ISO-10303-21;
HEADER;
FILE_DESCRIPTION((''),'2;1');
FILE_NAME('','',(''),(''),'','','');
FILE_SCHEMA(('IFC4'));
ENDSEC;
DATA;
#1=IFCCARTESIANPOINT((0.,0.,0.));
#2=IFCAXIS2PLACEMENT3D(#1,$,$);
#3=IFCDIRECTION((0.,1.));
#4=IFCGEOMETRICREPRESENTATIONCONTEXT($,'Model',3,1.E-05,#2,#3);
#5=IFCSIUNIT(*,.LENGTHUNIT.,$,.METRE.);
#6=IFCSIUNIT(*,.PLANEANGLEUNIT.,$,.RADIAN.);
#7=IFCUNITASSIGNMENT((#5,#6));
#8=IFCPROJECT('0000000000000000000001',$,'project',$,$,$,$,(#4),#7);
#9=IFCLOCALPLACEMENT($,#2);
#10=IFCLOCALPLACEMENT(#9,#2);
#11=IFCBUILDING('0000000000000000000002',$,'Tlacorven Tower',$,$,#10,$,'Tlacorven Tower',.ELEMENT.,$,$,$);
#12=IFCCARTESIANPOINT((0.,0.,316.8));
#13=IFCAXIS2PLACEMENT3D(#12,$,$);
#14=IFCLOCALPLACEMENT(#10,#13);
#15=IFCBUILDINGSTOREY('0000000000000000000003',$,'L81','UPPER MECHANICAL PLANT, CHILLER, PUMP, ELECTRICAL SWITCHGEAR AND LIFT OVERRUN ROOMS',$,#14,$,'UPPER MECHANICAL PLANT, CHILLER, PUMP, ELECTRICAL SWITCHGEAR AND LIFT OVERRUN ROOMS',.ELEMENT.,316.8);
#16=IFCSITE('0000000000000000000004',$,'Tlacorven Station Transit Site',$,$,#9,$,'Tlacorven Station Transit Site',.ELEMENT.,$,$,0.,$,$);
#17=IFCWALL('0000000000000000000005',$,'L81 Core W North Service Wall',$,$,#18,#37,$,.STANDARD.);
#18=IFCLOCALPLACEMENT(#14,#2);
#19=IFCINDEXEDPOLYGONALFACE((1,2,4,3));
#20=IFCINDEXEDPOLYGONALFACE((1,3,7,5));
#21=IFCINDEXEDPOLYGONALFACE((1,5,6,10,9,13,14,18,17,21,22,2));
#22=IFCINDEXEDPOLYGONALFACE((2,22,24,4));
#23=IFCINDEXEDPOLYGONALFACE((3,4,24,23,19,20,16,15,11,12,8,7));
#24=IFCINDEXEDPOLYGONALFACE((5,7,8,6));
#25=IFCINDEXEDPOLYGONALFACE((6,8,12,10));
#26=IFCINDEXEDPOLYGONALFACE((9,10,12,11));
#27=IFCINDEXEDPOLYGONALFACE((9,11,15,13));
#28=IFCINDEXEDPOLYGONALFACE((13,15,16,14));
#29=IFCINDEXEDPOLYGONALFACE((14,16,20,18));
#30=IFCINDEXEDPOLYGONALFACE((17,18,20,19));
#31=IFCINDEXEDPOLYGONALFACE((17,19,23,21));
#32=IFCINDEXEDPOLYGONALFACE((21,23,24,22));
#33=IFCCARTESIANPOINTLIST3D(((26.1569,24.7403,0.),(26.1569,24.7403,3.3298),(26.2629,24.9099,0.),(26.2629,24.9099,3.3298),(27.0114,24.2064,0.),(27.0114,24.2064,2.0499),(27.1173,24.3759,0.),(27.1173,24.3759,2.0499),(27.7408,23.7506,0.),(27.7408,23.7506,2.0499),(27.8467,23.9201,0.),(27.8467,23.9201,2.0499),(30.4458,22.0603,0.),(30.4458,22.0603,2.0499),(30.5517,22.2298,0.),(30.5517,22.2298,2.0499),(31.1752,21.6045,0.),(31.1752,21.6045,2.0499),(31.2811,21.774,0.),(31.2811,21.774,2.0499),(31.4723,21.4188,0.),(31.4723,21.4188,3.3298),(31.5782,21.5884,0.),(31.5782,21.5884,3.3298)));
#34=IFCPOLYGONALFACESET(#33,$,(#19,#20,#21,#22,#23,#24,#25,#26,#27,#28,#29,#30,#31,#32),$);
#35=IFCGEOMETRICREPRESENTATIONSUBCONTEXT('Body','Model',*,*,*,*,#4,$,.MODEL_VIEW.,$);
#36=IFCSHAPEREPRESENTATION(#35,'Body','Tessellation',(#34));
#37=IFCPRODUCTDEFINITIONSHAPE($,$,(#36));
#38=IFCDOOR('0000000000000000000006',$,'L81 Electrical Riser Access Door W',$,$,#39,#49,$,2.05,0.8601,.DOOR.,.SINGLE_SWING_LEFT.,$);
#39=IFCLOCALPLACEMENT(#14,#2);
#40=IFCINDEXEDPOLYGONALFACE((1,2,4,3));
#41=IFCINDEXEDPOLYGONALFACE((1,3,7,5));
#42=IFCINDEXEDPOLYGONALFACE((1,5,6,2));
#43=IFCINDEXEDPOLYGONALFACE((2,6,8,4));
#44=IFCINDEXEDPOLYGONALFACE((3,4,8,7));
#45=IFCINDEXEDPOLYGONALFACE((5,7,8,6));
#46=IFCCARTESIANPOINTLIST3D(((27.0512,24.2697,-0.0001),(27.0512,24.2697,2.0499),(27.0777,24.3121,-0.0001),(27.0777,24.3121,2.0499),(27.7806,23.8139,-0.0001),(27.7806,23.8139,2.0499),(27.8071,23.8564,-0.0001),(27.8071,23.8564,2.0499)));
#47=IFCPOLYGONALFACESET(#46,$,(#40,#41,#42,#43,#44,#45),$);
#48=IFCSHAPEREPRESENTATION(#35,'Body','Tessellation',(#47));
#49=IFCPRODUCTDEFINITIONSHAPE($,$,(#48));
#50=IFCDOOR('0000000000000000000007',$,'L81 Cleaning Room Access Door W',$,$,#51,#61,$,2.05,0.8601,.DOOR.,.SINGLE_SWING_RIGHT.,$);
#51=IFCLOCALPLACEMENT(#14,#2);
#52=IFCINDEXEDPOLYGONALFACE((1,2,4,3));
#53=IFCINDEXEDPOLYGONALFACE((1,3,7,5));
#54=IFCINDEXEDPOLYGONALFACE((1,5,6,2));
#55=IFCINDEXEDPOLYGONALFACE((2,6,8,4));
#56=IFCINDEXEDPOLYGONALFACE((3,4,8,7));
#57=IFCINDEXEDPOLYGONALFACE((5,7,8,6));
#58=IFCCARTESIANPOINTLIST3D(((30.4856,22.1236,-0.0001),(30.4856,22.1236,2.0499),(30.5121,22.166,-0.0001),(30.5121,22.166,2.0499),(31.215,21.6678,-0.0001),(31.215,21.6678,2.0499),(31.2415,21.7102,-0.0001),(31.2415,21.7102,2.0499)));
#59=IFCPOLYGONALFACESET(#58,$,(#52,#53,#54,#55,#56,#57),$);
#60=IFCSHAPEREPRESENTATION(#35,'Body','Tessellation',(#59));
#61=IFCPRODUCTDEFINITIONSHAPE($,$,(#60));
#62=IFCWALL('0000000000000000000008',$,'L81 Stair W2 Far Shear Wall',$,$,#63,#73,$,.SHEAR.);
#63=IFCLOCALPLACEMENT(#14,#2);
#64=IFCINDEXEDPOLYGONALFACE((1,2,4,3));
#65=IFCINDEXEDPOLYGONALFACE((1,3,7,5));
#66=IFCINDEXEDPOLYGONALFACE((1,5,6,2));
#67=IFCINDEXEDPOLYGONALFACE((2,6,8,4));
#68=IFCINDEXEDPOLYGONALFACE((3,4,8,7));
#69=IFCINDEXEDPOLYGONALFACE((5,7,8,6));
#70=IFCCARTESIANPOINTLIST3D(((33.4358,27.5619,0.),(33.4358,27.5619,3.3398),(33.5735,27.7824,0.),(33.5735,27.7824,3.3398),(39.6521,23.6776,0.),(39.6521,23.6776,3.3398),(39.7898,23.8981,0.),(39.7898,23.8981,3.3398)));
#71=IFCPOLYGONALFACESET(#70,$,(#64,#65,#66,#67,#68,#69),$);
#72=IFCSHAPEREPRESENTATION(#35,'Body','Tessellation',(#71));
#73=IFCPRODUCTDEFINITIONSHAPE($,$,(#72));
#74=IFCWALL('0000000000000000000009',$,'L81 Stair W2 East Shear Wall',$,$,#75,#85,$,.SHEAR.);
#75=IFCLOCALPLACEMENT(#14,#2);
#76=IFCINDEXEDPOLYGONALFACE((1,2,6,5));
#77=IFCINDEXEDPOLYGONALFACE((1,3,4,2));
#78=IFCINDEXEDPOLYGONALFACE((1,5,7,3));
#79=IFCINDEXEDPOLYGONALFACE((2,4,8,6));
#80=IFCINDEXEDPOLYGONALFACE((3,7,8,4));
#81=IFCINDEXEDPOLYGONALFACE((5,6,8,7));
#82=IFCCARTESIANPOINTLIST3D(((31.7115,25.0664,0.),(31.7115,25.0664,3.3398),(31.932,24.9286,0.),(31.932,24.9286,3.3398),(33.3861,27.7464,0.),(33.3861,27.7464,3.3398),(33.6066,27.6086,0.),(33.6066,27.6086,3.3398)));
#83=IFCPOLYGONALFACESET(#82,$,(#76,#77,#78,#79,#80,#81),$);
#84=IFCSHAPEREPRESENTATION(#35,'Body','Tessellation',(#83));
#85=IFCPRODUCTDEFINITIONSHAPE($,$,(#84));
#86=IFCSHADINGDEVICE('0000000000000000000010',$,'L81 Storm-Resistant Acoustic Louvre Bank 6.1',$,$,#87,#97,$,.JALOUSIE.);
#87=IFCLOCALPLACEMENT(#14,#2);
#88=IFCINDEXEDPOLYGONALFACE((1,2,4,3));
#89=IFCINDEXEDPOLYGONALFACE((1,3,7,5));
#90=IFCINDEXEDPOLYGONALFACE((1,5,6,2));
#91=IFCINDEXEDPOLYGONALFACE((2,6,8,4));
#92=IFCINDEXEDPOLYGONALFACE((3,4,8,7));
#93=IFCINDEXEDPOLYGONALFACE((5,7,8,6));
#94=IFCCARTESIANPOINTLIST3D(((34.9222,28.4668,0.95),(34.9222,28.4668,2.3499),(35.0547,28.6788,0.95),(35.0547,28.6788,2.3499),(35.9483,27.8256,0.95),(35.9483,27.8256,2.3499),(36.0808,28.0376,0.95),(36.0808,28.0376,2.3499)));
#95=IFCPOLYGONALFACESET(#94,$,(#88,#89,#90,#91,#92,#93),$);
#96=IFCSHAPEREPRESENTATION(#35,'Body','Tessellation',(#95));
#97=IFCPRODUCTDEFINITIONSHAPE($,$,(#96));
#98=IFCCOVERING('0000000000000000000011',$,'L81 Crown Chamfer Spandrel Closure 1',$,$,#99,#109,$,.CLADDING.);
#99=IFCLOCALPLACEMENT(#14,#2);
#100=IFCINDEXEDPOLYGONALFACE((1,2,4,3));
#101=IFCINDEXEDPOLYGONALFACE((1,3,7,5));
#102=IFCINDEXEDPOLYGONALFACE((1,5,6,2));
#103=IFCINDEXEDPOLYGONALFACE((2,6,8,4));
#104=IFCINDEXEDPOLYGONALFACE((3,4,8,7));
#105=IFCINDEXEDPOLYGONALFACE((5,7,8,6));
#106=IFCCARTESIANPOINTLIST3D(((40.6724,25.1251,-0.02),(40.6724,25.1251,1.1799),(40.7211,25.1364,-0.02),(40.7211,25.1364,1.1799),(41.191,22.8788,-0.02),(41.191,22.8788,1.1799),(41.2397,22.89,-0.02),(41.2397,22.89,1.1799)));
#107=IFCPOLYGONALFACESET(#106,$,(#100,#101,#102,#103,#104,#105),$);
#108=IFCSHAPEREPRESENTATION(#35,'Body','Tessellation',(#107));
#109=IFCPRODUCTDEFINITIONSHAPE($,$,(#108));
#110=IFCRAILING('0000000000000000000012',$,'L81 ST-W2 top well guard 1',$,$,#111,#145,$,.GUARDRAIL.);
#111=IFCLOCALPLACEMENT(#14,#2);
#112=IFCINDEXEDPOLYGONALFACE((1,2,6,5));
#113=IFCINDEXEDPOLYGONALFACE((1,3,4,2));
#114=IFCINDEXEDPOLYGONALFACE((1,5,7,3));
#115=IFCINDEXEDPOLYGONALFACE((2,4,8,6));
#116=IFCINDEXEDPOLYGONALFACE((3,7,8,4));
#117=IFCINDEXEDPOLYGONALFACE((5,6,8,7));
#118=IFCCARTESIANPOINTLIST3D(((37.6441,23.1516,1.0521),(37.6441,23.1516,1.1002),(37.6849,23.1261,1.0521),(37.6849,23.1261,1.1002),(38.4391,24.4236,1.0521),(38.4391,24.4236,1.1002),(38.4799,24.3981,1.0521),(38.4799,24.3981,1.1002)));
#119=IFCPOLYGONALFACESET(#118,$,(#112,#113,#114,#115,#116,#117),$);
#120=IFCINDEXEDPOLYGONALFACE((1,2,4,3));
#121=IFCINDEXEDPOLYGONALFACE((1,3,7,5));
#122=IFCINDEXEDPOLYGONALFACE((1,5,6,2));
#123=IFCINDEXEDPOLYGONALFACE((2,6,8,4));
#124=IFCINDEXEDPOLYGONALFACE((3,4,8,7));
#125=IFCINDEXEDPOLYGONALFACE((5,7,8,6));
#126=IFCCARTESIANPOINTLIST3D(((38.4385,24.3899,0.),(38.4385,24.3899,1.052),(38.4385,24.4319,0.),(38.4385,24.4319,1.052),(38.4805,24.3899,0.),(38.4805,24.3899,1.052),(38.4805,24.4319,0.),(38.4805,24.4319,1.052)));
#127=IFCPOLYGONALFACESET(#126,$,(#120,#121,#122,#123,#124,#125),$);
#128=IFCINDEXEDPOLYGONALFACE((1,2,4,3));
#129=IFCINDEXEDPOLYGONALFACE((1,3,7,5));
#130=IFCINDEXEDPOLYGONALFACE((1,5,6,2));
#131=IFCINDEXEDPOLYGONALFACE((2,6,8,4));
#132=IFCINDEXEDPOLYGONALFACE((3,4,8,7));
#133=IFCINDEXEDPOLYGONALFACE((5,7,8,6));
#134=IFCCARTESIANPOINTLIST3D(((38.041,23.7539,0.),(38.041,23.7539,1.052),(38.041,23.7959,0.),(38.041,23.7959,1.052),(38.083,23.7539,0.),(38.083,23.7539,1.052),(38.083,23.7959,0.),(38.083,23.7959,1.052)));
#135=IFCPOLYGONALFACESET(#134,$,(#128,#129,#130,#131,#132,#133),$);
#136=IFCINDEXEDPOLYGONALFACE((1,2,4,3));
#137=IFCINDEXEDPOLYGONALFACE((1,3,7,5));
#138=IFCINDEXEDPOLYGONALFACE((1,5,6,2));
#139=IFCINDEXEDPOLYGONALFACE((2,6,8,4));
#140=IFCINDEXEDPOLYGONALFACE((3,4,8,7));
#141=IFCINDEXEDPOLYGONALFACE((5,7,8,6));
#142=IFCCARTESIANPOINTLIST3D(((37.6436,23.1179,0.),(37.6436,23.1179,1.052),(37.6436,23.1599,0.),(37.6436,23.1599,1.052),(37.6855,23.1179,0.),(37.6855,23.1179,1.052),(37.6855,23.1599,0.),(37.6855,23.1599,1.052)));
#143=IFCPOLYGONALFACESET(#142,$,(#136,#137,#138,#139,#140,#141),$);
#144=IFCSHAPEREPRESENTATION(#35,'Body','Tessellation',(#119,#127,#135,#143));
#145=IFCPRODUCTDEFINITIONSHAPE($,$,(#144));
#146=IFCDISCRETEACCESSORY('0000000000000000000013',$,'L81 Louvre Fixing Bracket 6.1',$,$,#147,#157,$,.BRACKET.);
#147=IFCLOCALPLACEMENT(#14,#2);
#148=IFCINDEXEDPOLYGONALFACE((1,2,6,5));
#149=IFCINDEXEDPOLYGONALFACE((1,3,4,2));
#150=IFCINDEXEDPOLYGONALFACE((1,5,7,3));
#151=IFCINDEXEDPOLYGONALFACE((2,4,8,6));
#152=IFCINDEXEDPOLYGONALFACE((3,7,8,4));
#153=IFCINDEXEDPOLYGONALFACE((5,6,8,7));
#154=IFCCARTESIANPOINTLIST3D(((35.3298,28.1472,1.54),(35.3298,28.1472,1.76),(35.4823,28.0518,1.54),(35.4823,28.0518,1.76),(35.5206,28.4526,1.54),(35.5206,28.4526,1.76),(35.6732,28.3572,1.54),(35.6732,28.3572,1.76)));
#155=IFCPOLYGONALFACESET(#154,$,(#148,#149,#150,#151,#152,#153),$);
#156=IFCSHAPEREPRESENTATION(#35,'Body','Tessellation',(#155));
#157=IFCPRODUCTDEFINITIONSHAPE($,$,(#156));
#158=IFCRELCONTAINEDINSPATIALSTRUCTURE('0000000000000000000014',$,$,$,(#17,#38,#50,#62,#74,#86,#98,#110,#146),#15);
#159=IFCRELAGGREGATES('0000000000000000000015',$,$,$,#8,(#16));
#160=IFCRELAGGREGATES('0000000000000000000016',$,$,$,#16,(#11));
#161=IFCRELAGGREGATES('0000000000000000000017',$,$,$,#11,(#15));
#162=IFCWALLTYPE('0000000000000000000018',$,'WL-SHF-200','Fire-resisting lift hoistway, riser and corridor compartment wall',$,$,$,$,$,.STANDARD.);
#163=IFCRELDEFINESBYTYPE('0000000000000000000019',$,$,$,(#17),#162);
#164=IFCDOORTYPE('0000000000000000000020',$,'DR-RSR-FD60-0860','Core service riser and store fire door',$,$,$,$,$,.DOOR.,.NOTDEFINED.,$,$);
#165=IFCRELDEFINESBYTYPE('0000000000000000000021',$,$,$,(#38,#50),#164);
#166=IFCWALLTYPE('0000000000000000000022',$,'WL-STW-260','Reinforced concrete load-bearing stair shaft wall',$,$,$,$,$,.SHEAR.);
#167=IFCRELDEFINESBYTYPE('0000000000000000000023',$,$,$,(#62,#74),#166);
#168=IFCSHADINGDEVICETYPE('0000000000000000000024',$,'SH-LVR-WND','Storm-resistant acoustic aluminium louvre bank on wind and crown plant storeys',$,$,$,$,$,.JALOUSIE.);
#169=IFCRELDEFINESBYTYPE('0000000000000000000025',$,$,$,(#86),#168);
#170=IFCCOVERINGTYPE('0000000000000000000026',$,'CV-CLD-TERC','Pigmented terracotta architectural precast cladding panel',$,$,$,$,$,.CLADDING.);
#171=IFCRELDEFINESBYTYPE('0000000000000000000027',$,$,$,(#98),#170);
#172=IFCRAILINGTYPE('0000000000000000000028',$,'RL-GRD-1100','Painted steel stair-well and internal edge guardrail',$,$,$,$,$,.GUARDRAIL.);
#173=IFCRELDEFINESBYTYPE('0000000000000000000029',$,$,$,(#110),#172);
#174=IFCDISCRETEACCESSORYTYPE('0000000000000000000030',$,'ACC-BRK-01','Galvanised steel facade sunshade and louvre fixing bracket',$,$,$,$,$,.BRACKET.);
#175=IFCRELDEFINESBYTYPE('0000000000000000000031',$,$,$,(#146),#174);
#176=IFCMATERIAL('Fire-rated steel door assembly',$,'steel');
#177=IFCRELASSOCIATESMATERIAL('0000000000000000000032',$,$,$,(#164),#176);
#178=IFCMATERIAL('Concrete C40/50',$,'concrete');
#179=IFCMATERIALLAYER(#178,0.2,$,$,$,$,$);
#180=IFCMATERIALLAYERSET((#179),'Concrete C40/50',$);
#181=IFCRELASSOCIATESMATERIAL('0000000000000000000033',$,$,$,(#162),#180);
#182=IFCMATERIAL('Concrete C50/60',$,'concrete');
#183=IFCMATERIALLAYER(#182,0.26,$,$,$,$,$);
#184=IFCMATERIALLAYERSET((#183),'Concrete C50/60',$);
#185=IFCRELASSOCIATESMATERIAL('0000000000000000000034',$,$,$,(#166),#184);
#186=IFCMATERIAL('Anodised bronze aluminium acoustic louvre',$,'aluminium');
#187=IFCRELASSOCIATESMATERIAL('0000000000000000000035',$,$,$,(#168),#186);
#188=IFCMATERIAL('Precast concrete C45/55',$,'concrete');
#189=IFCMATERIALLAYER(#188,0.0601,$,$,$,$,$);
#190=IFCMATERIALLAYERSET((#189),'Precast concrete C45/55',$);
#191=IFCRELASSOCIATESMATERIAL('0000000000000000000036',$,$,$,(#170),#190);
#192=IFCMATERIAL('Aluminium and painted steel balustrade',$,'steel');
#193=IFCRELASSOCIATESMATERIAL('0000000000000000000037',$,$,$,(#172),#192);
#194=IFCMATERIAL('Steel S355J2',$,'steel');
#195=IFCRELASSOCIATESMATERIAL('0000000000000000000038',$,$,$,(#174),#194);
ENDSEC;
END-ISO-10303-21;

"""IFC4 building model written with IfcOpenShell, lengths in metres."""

from ifc_helpers import new_model, si_unit, direction, frame, frame_2d, origin, origin_2d, place, context, subcontext, project, spatial, rectangle, extrude, source, transform, mapped, material, layer, layer_set, type_object, element, fill, save


model = new_model("IFC4")

# Units and contexts
model_context = context("Model", 3, precision=1e-05, world=origin(), true_north=direction((0.0, 1.0)))
body_context = subcontext(model_context, "Body", "Model", "MODEL_VIEW")
ifc_project = project(units=[si_unit("LENGTHUNIT", "METRE"), si_unit("PLANEANGLEUNIT", "RADIAN")], contexts=[model_context])

# Site, building, storey
site_placement = place(None, origin())
site = spatial("IfcSite", under=ifc_project, at=site_placement, Name="Tlacorven Station Transit Site", LongName="Tlacorven Station Transit Site", CompositionType="ELEMENT", RefElevation=0.0)
building_placement = place(site_placement, origin())
building = spatial("IfcBuilding", under=site, at=building_placement, Name="Tlacorven Tower", LongName="Tlacorven Tower", CompositionType="ELEMENT")
storey_placement = place(building_placement, frame((0.0, 0.0, 316.8)))
storey = spatial("IfcBuildingStorey", under=building, at=storey_placement, Name="L81", Description="UPPER MECHANICAL PLANT, CHILLER, PUMP, ELECTRICAL SWITCHGEAR AND LIFT OVERRUN ROOMS", LongName="UPPER MECHANICAL PLANT, CHILLER, PUMP, ELECTRICAL SWITCHGEAR AND LIFT OVERRUN ROOMS", CompositionType="ELEMENT", Elevation=316.8)

# Shared definitions
ifc_material_1 = material(Name="Steel S355J2", Category="steel")

# Shared definitions
ifc_material_2 = material(Name="Concrete C50/60", Category="concrete")

# Shared definitions
ifc_material_3 = material(Name="Fire-rated steel door assembly", Category="steel")
door_type_1 = type_object("IfcDoorType", Name="DR-RSR-FD60-0860", Description="Core service riser and store fire door", OperationType="NOTDEFINED", PredefinedType="DOOR", material=ifc_material_3)
shared_shape_1 = source(origin(), body_context, "Body", "SweptSolid", [
    extrude(rectangle(XDim=0.8601, YDim=2.05, at=frame_2d((0.4302, 1.0249))), frame((0.0, 0.0249, 0.0), z_axis=(0.0, -1.0, 0.0), x_axis=(1.0, 0.0, 0.0)), (0.0, 0.0, 1.0), 0.05),
])

# Shared definitions
ifc_material_4 = material(Name="Precast concrete C45/55", Category="concrete")

# Shared definitions
ifc_material_5 = material(Name="Concrete C40/50", Category="concrete")
ifc_layer_1 = layer(ifc_material_5, 0.2)
ifc_layer_set_1 = layer_set([ifc_layer_1], Name="Concrete C40/50")
wall_type_1 = type_object("IfcWallType", Name="WL-SHF-200", Description="Fire-resisting lift hoistway, riser and corridor compartment wall", PredefinedType="STANDARD", material=ifc_layer_set_1)

# Wall, openings, doors
wall_1_placement = place(storey_placement, frame((31.5251, 21.5037, 0.0), z_axis=(0.0, 0.0, 1.0), x_axis=(-0.848042, 0.529929, 0.0)))
wall_1 = element("IfcWall", 1, at=wall_1_placement, inside=storey, type_object=wall_type_1, Name="L81 Core W North Service Wall", PredefinedType="STANDARD", context=body_context, shape_type="SweptSolid", body=[
    extrude(rectangle(XDim=6.2678, YDim=0.2, at=frame_2d((3.1338, 0.0))), origin(), (0.0, 0.0, 1.0), 3.3298),
])
opening_1_placement = place(wall_1_placement, frame((4.3999, 0.0, 0.0)))
opening_1 = element("IfcOpeningElement", 2, at=opening_1_placement, cuts=wall_1, PredefinedType="OPENING", context=body_context, shape_type="SweptSolid", body=[
    extrude(rectangle(XDim=0.8601, YDim=2.05, at=frame_2d((0.4302, 1.0249))), frame((0.0, 0.1099, 0.0), z_axis=(0.0, -1.0, 0.0), x_axis=(1.0, 0.0, 0.0)), (0.0, 0.0, 1.0), 0.22),
])
opening_2_placement = place(wall_1_placement, frame((0.3501, 0.0, 0.0)))
opening_2 = element("IfcOpeningElement", 3, at=opening_2_placement, cuts=wall_1, PredefinedType="OPENING", context=body_context, shape_type="SweptSolid", body=[
    extrude(rectangle(XDim=0.8601, YDim=2.05, at=frame_2d((0.4302, 1.0249))), frame((0.0, 0.1099, 0.0), z_axis=(0.0, -1.0, 0.0), x_axis=(1.0, 0.0, 0.0)), (0.0, 0.0, 1.0), 0.22),
])
door_1_placement = place(opening_1_placement, frame((0.8601, 0.0, 0.0), z_axis=(0.0, 0.0, 1.0), x_axis=(-1.0, 0.0, 0.0)))
door_1 = element("IfcDoor", 4, at=door_1_placement, inside=storey, type_object=door_type_1, Name="L81 Electrical Riser Access Door W", OperationType="SINGLE_SWING_LEFT", OverallHeight=2.05, OverallWidth=0.8601, PredefinedType="DOOR", context=body_context, shape_type="MappedRepresentation", body=[
    mapped(shared_shape_1, transform((0.0, 0.0, 0.0), scale=1.0)),
])
fill(opening_1, door_1)
door_2_placement = place(opening_2_placement, frame((0.8601, 0.0, 0.0), z_axis=(0.0, 0.0, 1.0), x_axis=(-1.0, 0.0, 0.0)))
door_2 = element("IfcDoor", 5, at=door_2_placement, inside=storey, type_object=door_type_1, Name="L81 Cleaning Room Access Door W", OperationType="SINGLE_SWING_RIGHT", OverallHeight=2.05, OverallWidth=0.8601, PredefinedType="DOOR", context=body_context, shape_type="MappedRepresentation", body=[
    mapped(shared_shape_1, transform((0.0, 0.0, 0.0), scale=1.0)),
])
fill(opening_2, door_2)

# Walls
ifc_layer_2 = layer(ifc_material_2, 0.26)
ifc_layer_set_2 = layer_set([ifc_layer_2], Name="Concrete C50/60")
wall_type_2 = type_object("IfcWallType", Name="WL-STW-260", Description="Reinforced concrete load-bearing stair shaft wall", PredefinedType="SHEAR", material=ifc_layer_set_2)
wall_2_placement = place(storey_placement, frame((39.7209, 23.7878, 0.0), z_axis=(0.0, 0.0, 1.0), x_axis=(-0.848054, 0.529909, 0.0)))
element("IfcWall", 6, at=wall_2_placement, inside=storey, type_object=wall_type_2, Name="L81 Stair W2 Far Shear Wall", PredefinedType="SHEAR", context=body_context, shape_type="SweptSolid", body=[
    extrude(rectangle(XDim=7.3301, YDim=0.26, at=frame_2d((3.665, 0.0))), origin(), (0.0, 0.0, 1.0), 3.3398),
])
wall_3_placement = place(storey_placement, frame((33.4963, 27.6775, 0.0), z_axis=(0.0, 0.0, 1.0), x_axis=(-0.529909, -0.848055, 0.0)))
element("IfcWall", 7, at=wall_3_placement, inside=storey, type_object=wall_type_2, Name="L81 Stair W2 East Shear Wall", PredefinedType="SHEAR", context=body_context, shape_type="SweptSolid", body=[
    extrude(rectangle(XDim=3.1602, YDim=0.26, at=frame_2d((1.5801, 0.0))), origin(), (0.0, 0.0, 1.0), 3.3398),
])

# Shading device
ifc_material_6 = material(Name="Anodised bronze aluminium acoustic louvre", Category="aluminium")
shading_device_type = type_object("IfcShadingDeviceType", Name="SH-LVR-WND", Description="Storm-resistant acoustic aluminium louvre bank on wind and crown plant storeys", PredefinedType="JALOUSIE", material=ifc_material_6)
shared_shape_2 = source(origin(), body_context, "Body", "SweptSolid", [
    extrude(rectangle(XDim=1.21, YDim=0.25, at=origin_2d()), origin(), (0.0, 0.0, 1.0), 1.3999),
])
shading_device_placement = place(storey_placement, frame((35.5015, 28.2522, 0.95), z_axis=(0.0, 0.0, 1.0), x_axis=(0.848048, -0.529919, 0.0)))
element("IfcShadingDevice", 8, at=shading_device_placement, inside=storey, type_object=shading_device_type, Name="L81 Storm-Resistant Acoustic Louvre Bank 6.1", PredefinedType="JALOUSIE", context=body_context, shape_type="MappedRepresentation", body=[
    mapped(shared_shape_2, transform((0.0, 0.0, 0.0), scale=1.0)),
])

# Covering
ifc_layer_3 = layer(ifc_material_4, 0.0601)
ifc_layer_set_3 = layer_set([ifc_layer_3], Name="Precast concrete C45/55")
covering_type = type_object("IfcCoveringType", Name="CV-CLD-TERC", Description="Pigmented terracotta architectural precast cladding panel", PredefinedType="CLADDING", material=ifc_layer_set_3)
shared_shape_3 = source(origin(), body_context, "Body", "SweptSolid", [
    extrude(rectangle(XDim=2.3054, YDim=0.05, at=origin_2d()), origin(), (0.0, 0.0, 1.0), 1.2),
])
covering_placement = place(storey_placement, frame((40.9561, 24.0076, -0.02), z_axis=(0.0, 0.0, 1.0), x_axis=(0.22495, -0.97437, 0.0)))
element("IfcCovering", 9, at=covering_placement, inside=storey, type_object=covering_type, Name="L81 Crown Chamfer Spandrel Closure 1", PredefinedType="CLADDING", context=body_context, shape_type="MappedRepresentation", body=[
    mapped(shared_shape_3, transform((0.0, 0.0, 0.0), scale=1.0)),
])

# Railing
ifc_material_7 = material(Name="Aluminium and painted steel balustrade", Category="steel")
railing_type = type_object("IfcRailingType", Name="RL-GRD-1100", Description="Painted steel stair-well and internal edge guardrail", PredefinedType="GUARDRAIL", material=ifc_material_7)
shared_shape_4 = source(origin(), body_context, "Body", "SweptSolid", [
    extrude(rectangle(XDim=0.0481, YDim=0.0481, at=origin_2d()), frame((0.0, 0.0, 1.0762), z_axis=(-0.52997, -0.848017, 0.0), x_axis=(0.848017, -0.52997, 0.0)), (0.0, 0.0, 1.0), 1.5),
    extrude(rectangle(XDim=0.042, YDim=0.042, at=origin_2d()), origin(), (0.0, 0.0, 1.0), 1.052),
    extrude(rectangle(XDim=0.042, YDim=0.042, at=origin_2d()), frame((-0.3975, -0.636, 0.0)), (0.0, 0.0, 1.0), 1.052),
    extrude(rectangle(XDim=0.042, YDim=0.042, at=origin_2d()), frame((-0.7949, -1.272, 0.0)), (0.0, 0.0, 1.0), 1.052),
])
railing_placement = place(storey_placement, frame((38.4595, 24.4109, 0.0)))
element("IfcRailing", 10, at=railing_placement, inside=storey, type_object=railing_type, Name="L81 ST-W2 top well guard 1", PredefinedType="GUARDRAIL", context=body_context, shape_type="MappedRepresentation", body=[
    mapped(shared_shape_4, transform((0.0, 0.0, 0.0), scale=1.0)),
])

# Discrete accessory
discrete_accessory_type = type_object("IfcDiscreteAccessoryType", Name="ACC-BRK-01", Description="Galvanised steel facade sunshade and louvre fixing bracket", PredefinedType="BRACKET", material=ifc_material_1)
shared_shape_5 = source(origin(), body_context, "Body", "SweptSolid", [
    extrude(rectangle(XDim=0.1799, YDim=0.3601, at=origin_2d()), origin(), (0.0, 0.0, 1.0), 0.22),
])
discrete_accessory_placement = place(storey_placement, frame((35.5015, 28.2522, 1.54), z_axis=(0.0, 0.0, 1.0), x_axis=(0.848048, -0.529919, 0.0)))
element("IfcDiscreteAccessory", 11, at=discrete_accessory_placement, inside=storey, type_object=discrete_accessory_type, Name="L81 Louvre Fixing Bracket 6.1", PredefinedType="BRACKET", context=body_context, shape_type="MappedRepresentation", body=[
    mapped(shared_shape_5, transform((0.0, 0.0, 0.0), scale=1.0)),
])

save(model, "model.ifc")
